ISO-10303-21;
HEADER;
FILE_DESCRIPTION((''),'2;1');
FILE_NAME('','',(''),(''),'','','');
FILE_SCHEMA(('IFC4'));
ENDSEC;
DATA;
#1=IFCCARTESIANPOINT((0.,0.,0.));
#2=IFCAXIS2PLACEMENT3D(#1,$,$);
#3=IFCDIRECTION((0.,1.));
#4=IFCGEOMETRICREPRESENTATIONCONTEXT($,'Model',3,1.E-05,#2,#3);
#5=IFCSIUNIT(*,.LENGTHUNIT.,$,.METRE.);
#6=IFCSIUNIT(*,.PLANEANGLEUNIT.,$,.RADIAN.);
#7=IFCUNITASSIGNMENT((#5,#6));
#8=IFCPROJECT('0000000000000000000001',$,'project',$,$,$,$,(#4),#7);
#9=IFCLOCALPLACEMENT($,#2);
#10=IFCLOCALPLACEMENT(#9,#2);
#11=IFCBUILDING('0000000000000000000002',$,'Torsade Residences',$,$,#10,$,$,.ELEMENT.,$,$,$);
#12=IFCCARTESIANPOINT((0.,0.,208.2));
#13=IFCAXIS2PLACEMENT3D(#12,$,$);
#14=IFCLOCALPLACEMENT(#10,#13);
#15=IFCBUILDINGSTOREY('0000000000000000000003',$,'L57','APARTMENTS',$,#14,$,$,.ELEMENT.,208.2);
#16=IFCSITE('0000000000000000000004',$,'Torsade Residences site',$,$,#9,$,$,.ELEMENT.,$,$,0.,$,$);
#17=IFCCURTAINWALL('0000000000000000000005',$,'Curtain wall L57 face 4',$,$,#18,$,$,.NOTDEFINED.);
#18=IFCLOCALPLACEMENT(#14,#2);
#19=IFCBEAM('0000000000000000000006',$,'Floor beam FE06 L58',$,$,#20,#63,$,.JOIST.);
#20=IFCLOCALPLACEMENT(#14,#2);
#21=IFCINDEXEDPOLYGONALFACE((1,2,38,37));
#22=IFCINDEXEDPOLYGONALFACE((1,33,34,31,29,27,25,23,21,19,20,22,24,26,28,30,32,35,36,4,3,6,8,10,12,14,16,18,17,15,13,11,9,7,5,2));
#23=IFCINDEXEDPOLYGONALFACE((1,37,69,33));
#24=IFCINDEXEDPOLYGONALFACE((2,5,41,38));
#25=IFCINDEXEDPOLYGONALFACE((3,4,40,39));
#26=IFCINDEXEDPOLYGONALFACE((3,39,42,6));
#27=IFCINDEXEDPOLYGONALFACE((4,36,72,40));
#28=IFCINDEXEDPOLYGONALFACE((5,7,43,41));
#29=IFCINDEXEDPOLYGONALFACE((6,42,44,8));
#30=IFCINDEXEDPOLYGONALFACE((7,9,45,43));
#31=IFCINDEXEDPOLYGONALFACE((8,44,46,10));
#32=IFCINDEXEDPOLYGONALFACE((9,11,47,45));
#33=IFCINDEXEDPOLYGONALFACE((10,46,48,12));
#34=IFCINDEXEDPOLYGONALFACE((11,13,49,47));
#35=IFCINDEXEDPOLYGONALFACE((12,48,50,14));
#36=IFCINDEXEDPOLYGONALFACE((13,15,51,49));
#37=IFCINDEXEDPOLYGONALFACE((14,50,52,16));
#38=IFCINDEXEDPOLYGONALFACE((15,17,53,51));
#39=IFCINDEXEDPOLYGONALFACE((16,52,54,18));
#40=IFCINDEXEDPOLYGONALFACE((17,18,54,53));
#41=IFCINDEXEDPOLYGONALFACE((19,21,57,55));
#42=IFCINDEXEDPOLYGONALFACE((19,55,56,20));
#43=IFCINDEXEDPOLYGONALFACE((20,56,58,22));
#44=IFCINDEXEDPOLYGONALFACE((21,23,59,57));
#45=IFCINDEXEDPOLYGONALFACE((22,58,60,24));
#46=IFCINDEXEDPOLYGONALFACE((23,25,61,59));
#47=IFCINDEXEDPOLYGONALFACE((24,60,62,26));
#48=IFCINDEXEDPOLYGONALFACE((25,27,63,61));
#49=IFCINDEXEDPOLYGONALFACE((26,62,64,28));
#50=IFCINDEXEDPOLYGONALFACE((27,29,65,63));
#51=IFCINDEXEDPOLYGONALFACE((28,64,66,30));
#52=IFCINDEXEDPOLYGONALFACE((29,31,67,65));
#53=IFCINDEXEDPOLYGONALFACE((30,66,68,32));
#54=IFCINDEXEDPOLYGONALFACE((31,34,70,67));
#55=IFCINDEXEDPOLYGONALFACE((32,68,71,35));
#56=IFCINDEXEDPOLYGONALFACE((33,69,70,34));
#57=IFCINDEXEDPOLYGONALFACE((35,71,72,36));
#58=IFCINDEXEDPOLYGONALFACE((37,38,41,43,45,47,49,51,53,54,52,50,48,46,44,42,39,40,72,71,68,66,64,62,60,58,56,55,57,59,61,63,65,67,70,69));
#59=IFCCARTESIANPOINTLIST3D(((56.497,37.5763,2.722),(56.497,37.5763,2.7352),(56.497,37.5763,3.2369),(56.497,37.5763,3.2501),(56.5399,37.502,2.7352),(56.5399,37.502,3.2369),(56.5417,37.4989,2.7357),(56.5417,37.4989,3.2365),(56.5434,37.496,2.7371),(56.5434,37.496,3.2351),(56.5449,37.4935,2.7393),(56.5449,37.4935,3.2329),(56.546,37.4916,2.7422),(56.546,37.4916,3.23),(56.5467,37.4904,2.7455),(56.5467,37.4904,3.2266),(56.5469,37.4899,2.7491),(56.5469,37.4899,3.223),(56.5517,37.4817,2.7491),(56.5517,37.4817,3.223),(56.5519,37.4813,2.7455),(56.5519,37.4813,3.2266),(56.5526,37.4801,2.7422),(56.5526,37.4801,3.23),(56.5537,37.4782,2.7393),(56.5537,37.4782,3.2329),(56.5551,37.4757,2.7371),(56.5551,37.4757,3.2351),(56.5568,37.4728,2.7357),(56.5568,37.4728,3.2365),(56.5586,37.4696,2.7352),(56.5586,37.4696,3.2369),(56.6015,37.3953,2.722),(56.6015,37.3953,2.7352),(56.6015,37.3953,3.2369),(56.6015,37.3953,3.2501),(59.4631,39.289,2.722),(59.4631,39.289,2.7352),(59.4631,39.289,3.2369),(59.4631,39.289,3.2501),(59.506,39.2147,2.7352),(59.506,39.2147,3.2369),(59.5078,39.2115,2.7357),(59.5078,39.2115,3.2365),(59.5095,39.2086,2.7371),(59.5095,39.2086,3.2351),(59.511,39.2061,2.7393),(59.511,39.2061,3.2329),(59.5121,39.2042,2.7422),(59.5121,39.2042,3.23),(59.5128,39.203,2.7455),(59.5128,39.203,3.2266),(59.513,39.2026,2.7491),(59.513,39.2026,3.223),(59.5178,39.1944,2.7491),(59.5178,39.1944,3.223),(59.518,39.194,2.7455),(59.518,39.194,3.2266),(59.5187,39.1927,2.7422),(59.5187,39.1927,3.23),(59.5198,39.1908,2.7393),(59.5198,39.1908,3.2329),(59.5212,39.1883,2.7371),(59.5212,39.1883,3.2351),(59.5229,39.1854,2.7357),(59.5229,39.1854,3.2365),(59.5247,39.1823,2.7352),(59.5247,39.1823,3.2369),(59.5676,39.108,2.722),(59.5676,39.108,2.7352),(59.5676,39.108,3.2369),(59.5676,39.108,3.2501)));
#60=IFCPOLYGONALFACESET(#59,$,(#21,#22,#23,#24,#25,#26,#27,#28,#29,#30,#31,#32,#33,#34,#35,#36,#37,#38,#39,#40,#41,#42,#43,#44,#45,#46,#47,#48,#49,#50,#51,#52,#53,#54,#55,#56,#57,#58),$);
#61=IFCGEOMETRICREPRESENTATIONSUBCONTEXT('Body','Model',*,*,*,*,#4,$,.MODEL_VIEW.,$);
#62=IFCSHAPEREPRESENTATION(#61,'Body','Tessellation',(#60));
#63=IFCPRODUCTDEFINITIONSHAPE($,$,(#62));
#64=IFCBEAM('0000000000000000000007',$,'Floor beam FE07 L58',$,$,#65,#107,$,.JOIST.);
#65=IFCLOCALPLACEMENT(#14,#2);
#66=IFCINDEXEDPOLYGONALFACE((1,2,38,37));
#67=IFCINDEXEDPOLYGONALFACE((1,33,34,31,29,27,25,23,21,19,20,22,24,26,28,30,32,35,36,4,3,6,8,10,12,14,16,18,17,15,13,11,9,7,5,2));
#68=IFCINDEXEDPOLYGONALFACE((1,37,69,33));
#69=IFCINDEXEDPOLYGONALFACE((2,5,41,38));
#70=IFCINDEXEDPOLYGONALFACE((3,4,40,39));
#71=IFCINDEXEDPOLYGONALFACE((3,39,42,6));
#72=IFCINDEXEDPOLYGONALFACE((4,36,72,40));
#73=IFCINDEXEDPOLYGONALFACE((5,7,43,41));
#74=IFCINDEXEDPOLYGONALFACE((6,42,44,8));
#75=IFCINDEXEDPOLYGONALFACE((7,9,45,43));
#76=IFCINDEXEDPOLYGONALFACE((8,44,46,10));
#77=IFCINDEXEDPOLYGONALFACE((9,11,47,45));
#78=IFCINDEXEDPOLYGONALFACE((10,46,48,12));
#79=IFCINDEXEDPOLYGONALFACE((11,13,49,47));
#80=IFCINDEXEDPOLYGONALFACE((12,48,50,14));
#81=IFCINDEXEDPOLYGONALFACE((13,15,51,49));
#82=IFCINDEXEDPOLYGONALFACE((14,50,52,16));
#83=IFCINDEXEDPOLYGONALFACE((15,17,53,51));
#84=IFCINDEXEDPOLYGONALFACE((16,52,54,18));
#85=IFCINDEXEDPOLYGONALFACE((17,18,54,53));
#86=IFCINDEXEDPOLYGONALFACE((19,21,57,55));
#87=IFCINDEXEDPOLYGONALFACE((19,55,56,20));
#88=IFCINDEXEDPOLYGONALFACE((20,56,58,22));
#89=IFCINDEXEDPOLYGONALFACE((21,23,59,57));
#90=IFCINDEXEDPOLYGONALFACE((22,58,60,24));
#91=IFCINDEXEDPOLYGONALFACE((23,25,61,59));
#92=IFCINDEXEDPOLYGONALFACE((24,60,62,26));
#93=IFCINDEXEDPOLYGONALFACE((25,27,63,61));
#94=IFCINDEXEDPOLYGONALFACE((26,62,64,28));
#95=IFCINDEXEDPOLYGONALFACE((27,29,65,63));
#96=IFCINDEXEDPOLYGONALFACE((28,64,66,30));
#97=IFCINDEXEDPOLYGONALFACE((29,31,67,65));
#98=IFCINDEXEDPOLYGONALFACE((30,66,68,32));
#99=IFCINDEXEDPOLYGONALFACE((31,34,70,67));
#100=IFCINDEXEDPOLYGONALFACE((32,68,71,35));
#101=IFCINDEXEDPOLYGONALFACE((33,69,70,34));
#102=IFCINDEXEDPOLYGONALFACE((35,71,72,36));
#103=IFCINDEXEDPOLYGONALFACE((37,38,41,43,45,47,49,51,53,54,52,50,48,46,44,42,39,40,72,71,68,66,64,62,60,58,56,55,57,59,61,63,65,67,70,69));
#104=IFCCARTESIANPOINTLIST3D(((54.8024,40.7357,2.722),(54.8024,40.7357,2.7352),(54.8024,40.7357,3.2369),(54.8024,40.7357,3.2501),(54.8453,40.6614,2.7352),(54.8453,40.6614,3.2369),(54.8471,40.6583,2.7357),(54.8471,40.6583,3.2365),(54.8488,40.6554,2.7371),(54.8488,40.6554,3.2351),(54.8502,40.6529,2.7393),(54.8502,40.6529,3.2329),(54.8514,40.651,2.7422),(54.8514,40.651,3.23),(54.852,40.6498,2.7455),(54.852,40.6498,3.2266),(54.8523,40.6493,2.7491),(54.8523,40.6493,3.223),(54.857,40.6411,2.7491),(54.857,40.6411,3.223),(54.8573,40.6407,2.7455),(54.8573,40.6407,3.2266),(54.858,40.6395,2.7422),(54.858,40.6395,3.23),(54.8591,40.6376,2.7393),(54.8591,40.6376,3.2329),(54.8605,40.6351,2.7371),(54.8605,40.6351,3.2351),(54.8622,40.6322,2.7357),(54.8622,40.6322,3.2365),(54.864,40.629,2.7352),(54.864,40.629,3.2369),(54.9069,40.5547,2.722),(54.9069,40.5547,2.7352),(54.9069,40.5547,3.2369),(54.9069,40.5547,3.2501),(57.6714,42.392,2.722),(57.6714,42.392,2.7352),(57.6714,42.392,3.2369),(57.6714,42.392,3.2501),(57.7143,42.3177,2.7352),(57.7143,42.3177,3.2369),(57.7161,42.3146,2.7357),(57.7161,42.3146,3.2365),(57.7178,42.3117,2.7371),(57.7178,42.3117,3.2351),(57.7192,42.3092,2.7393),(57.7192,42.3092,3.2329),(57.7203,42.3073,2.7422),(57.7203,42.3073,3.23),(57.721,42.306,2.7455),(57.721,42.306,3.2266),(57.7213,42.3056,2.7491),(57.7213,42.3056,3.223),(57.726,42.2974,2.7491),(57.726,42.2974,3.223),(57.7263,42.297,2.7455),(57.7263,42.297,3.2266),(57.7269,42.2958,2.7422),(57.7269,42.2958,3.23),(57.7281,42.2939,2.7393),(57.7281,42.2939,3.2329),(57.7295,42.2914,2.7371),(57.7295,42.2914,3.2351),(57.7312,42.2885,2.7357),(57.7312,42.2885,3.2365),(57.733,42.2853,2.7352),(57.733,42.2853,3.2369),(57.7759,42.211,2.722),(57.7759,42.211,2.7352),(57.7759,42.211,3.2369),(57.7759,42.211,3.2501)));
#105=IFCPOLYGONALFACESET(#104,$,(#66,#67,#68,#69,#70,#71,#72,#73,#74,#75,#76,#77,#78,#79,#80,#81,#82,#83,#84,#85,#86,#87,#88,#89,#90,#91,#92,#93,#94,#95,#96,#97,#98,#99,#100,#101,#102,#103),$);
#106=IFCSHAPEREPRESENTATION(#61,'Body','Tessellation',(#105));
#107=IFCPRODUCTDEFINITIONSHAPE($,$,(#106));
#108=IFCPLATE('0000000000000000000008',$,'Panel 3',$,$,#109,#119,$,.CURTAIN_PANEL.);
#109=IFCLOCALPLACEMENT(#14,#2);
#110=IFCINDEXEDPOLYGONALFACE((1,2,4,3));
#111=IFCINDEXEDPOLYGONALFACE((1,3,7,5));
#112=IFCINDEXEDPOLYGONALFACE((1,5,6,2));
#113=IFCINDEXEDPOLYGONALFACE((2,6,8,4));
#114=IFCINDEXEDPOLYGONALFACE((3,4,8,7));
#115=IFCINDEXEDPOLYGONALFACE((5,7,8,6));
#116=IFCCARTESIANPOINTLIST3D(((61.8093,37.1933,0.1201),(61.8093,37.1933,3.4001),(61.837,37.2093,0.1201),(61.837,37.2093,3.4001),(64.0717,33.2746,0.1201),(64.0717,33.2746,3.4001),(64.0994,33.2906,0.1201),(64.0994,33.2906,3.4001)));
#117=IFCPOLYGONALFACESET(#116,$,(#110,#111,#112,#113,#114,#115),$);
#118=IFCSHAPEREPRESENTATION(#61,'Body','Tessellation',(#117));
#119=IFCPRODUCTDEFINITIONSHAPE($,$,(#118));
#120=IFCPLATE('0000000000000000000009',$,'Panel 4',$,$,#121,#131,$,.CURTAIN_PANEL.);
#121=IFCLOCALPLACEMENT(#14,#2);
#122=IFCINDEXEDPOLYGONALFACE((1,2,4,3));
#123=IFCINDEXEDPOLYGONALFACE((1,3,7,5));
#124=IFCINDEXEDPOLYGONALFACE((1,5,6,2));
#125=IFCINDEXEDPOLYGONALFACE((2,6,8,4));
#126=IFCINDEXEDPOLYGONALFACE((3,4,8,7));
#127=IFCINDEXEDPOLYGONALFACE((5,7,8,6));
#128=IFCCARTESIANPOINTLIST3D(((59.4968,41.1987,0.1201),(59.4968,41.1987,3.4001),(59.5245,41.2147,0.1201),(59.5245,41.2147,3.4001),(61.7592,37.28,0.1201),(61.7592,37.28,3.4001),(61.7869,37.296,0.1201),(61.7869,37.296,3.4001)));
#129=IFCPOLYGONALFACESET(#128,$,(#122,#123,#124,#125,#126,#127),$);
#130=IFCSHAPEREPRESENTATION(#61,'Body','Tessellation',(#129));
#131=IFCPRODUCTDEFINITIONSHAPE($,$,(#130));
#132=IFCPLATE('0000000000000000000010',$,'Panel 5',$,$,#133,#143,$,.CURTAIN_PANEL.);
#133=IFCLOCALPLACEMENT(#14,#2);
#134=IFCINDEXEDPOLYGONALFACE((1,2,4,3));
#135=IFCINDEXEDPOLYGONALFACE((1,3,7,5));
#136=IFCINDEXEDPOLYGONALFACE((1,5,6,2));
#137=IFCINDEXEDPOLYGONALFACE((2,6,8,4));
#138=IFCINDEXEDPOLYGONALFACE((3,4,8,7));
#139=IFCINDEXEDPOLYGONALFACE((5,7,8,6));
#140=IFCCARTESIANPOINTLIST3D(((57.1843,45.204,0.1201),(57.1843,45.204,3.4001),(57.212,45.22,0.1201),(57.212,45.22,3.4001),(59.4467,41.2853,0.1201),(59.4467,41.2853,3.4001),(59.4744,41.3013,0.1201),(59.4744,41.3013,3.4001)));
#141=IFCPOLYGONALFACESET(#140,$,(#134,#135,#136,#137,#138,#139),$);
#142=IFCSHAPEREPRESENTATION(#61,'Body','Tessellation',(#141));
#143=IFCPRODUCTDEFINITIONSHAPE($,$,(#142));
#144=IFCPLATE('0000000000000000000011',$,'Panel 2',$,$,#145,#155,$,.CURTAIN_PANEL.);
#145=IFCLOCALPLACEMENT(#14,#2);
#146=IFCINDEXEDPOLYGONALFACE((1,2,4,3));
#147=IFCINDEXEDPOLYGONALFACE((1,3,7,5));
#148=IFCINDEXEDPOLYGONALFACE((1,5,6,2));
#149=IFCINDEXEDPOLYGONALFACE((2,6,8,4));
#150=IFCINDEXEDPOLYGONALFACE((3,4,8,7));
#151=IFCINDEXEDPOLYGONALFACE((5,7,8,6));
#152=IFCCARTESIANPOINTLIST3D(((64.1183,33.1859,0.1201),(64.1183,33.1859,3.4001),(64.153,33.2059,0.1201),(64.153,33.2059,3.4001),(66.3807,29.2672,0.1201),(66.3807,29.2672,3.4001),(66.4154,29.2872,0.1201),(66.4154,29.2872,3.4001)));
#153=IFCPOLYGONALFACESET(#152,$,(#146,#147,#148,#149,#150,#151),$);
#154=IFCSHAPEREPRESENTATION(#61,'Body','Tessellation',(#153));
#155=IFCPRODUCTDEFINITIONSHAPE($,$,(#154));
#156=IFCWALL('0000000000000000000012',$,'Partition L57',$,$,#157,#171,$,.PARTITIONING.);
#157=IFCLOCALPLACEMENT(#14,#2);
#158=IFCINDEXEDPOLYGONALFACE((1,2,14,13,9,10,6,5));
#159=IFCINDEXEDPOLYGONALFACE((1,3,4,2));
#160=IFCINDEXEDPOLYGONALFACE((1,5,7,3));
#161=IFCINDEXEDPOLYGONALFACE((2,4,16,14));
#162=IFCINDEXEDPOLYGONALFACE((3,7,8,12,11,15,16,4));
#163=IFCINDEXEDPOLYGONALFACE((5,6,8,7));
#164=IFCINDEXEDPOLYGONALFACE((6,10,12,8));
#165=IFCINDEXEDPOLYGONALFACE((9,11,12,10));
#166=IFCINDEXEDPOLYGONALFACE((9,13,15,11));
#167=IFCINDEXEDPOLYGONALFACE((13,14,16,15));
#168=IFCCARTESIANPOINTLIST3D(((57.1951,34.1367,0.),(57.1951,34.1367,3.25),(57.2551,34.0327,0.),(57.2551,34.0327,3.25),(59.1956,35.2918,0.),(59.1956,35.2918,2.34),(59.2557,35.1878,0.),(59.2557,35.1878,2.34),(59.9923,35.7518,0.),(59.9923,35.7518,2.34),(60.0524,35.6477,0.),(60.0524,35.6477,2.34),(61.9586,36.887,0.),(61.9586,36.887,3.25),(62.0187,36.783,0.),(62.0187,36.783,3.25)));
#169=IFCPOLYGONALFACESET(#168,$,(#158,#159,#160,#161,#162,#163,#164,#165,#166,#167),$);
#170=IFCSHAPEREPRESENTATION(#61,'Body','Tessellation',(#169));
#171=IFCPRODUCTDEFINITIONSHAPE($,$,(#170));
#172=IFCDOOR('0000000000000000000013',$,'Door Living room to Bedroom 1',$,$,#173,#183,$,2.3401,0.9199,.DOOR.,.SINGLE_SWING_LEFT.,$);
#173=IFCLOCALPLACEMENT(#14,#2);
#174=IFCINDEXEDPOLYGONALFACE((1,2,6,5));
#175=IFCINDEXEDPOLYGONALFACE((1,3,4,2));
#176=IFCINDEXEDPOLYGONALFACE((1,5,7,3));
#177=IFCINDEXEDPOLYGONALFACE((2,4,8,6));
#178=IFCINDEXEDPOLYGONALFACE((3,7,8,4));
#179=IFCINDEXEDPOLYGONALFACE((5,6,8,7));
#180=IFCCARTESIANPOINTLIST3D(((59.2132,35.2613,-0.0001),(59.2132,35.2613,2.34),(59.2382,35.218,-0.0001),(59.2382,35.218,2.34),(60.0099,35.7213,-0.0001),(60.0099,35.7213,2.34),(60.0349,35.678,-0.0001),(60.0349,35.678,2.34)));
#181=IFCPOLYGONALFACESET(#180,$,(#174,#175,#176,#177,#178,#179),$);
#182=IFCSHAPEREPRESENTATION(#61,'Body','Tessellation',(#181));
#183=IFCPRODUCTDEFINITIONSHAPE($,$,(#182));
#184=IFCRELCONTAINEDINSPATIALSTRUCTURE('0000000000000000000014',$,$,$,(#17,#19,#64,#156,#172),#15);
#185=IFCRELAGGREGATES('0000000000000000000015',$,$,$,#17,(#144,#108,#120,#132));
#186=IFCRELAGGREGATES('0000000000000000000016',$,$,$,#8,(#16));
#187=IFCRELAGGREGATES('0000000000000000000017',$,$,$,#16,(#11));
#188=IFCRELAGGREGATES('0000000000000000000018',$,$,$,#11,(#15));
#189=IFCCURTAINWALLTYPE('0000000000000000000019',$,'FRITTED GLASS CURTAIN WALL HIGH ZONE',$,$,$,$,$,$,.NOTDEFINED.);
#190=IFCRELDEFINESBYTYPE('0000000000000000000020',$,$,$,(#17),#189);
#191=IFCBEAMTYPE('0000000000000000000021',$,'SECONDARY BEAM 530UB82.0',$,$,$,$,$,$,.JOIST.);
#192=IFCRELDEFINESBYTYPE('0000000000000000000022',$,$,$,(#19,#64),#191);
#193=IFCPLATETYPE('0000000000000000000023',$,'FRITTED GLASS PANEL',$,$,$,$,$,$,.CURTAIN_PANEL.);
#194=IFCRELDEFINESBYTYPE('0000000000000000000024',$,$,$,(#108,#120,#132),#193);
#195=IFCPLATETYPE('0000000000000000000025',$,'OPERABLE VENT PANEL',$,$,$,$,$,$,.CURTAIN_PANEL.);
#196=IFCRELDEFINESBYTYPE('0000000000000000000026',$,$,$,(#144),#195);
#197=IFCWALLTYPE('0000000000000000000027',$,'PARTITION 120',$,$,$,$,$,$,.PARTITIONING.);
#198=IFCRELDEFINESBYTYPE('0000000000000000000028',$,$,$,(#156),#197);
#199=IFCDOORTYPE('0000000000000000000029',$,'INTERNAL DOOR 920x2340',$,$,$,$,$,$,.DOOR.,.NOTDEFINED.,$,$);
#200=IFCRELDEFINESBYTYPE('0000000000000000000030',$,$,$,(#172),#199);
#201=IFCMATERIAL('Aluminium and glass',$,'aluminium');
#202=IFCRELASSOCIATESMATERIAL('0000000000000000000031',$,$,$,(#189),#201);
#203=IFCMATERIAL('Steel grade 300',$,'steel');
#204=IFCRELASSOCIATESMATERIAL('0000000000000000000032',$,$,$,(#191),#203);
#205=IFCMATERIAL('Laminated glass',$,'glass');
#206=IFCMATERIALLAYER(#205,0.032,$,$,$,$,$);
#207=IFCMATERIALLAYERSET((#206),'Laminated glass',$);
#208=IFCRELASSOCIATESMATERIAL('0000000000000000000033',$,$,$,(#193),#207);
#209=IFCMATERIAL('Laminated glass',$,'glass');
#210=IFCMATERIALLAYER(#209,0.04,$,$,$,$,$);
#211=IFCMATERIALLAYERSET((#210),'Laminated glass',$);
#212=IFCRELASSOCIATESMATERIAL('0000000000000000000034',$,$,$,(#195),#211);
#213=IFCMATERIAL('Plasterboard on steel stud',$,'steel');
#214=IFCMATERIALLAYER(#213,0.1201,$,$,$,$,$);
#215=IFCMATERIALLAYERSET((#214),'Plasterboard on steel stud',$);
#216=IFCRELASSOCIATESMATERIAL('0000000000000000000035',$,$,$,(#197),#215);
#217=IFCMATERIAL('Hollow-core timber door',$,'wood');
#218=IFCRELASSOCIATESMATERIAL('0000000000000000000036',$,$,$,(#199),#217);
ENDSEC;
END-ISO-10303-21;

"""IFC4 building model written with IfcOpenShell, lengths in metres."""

from ifc_helpers import new_model, si_unit, direction, frame, frame_2d, origin, origin_2d, place, context, subcontext, project, spatial, rectangle, i_section, extrude, material, layer, layer_set, material_profile, profile_set, type_object, element, fill, aggregate, save


model = new_model("IFC4")

# Units and contexts
model_context = context("Model", 3, precision=1e-05, world=origin(), true_north=direction((0.0, 1.0)))
body_context = subcontext(model_context, "Body", "Model", "MODEL_VIEW")
ifc_project = project(units=[si_unit("LENGTHUNIT", "METRE"), si_unit("PLANEANGLEUNIT", "RADIAN")], contexts=[model_context])

# Site, building, storey
site_placement = place(None, origin())
site = spatial("IfcSite", under=ifc_project, at=site_placement, Name="Torsade Residences site", CompositionType="ELEMENT", RefElevation=0.0)
building_placement = place(site_placement, origin())
building = spatial("IfcBuilding", under=site, at=building_placement, Name="Torsade Residences", CompositionType="ELEMENT")
storey_placement = place(building_placement, frame((0.0, 0.0, 208.2)))
storey = spatial("IfcBuildingStorey", under=building, at=storey_placement, Name="L57", Description="APARTMENTS", CompositionType="ELEMENT", Elevation=208.2)

# Curtain wall
ifc_material_1 = material(Name="Aluminium and glass", Category="aluminium")
curtain_wall_type = type_object("IfcCurtainWallType", Name="FRITTED GLASS CURTAIN WALL HIGH ZONE", PredefinedType="NOTDEFINED", material=ifc_material_1)
curtain_wall_placement = place(storey_placement, origin())
curtain_wall = element("IfcCurtainWall", 1, at=curtain_wall_placement, inside=storey, type_object=curtain_wall_type, Name="Curtain wall L57 face 4", PredefinedType="NOTDEFINED")

# Beams
ifc_material_2 = material(Name="Steel grade 300", Category="steel")
ifc_material_profile_1 = material_profile(ifc_material_2, i_section(OverallWidth=0.209, OverallDepth=0.5281, WebThickness=0.0095, FlangeThickness=0.0132, FilletRadius=0.0139, at=origin_2d()), Name="530UB82.0")
ifc_profile_set_1 = profile_set([ifc_material_profile_1], Name="Steel grade 300")
beam_type_1 = type_object("IfcBeamType", Name="SECONDARY BEAM 530UB82.0", PredefinedType="JOIST", material=ifc_profile_set_1)
beam_1_placement = place(storey_placement, frame((59.5154, 39.1985, 2.9861), z_axis=(-0.866002, -0.500041, 0.0), x_axis=(0.500041, -0.866002, 0.0)))
element("IfcBeam", 2, at=beam_1_placement, inside=storey, type_object=beam_type_1, Name="Floor beam FE06 L58", PredefinedType="JOIST", context=body_context, shape_type="SweptSolid", body=[
    extrude(i_section(OverallWidth=0.209, OverallDepth=0.5281, WebThickness=0.0095, FlangeThickness=0.0132, FilletRadius=0.0139, at=origin_2d()), origin(), (0.0, 0.0, 1.0), 3.425),
])
beam_2_placement = place(storey_placement, frame((57.7236, 42.3015, 2.9861), z_axis=(-0.86604, -0.499976, 0.0), x_axis=(0.499976, -0.86604, 0.0)))
element("IfcBeam", 3, at=beam_2_placement, inside=storey, type_object=beam_type_1, Name="Floor beam FE07 L58", PredefinedType="JOIST", context=body_context, shape_type="SweptSolid", body=[
    extrude(i_section(OverallWidth=0.209, OverallDepth=0.5281, WebThickness=0.0095, FlangeThickness=0.0132, FilletRadius=0.0139, at=origin_2d()), origin(), (0.0, 0.0, 1.0), 3.3127),
])

# Plates
ifc_material_3 = material(Name="Laminated glass", Category="glass")
ifc_layer_1 = layer(ifc_material_3, 0.032)
ifc_layer_set_1 = layer_set([ifc_layer_1], Name="Laminated glass")
plate_type_1 = type_object("IfcPlateType", Name="FRITTED GLASS PANEL", PredefinedType="CURTAIN_PANEL", material=ifc_layer_set_1)
plate_1_placement = place(storey_placement, frame((62.9543, 35.2419, 0.1201), z_axis=(0.0, 0.0, 1.0), x_axis=(-0.5, 0.866025, 0.0)))
plate_1 = element("IfcPlate", 4, at=plate_1_placement, type_object=plate_type_1, Name="Panel 3", PredefinedType="CURTAIN_PANEL", context=body_context, shape_type="SweptSolid", body=[
    extrude(rectangle(XDim=4.5249, YDim=0.032, at=origin_2d()), origin(), (0.0, 0.0, 1.0), 3.28),
])
plate_2_placement = place(storey_placement, frame((60.6418, 39.2473, 0.1201), z_axis=(0.0, 0.0, 1.0), x_axis=(-0.5, 0.866025, 0.0)))
plate_2 = element("IfcPlate", 5, at=plate_2_placement, type_object=plate_type_1, Name="Panel 4", PredefinedType="CURTAIN_PANEL", context=body_context, shape_type="SweptSolid", body=[
    extrude(rectangle(XDim=4.5249, YDim=0.032, at=origin_2d()), origin(), (0.0, 0.0, 1.0), 3.28),
])
plate_3_placement = place(storey_placement, frame((58.3293, 43.2527, 0.1201), z_axis=(0.0, 0.0, 1.0), x_axis=(-0.5, 0.866025, 0.0)))
plate_3 = element("IfcPlate", 6, at=plate_3_placement, type_object=plate_type_1, Name="Panel 5", PredefinedType="CURTAIN_PANEL", context=body_context, shape_type="SweptSolid", body=[
    extrude(rectangle(XDim=4.5249, YDim=0.032, at=origin_2d()), origin(), (0.0, 0.0, 1.0), 3.28),
])
ifc_material_4 = material(Name="Laminated glass", Category="glass")
ifc_layer_2 = layer(ifc_material_4, 0.04)
ifc_layer_set_2 = layer_set([ifc_layer_2], Name="Laminated glass")
plate_type_2 = type_object("IfcPlateType", Name="OPERABLE VENT PANEL", PredefinedType="CURTAIN_PANEL", material=ifc_layer_set_2)
plate_4_placement = place(storey_placement, frame((65.2668, 31.2366, 0.1201), z_axis=(0.0, 0.0, 1.0), x_axis=(-0.5, 0.866025, 0.0)))
plate_4 = element("IfcPlate", 7, at=plate_4_placement, type_object=plate_type_2, Name="Panel 2", PredefinedType="CURTAIN_PANEL", context=body_context, shape_type="SweptSolid", body=[
    extrude(rectangle(XDim=4.5249, YDim=0.04, at=origin_2d()), origin(), (0.0, 0.0, 1.0), 3.28),
])
aggregate(curtain_wall, [plate_4, plate_1, plate_2, plate_3])

# Wall, opening, door
ifc_material_5 = material(Name="Plasterboard on steel stud", Category="steel")
ifc_layer_3 = layer(ifc_material_5, 0.1201)
ifc_layer_set_3 = layer_set([ifc_layer_3], Name="Plasterboard on steel stud")
wall_type_1 = type_object("IfcWallType", Name="PARTITION 120", PredefinedType="PARTITIONING", material=ifc_layer_set_3)
wall_1_placement = place(storey_placement, frame((57.2251, 34.0847, 0.0), z_axis=(0.0, 0.0, 1.0), x_axis=(0.866019, 0.500011, 0.0)))
wall_1 = element("IfcWall", 8, at=wall_1_placement, inside=storey, type_object=wall_type_1, Name="Partition L57", PredefinedType="PARTITIONING", context=body_context, shape_type="SweptSolid", body=[
    extrude(rectangle(XDim=5.5005, YDim=0.1201, at=frame_2d((2.7502, 0.0))), origin(), (0.0, 0.0, 1.0), 3.25),
])
opening_1_placement = place(wall_1_placement, frame((2.3101, 0.0, 0.0)))
opening_1 = element("IfcOpeningElement", 9, at=opening_1_placement, cuts=wall_1, PredefinedType="OPENING", context=body_context, shape_type="SweptSolid", body=[
    extrude(rectangle(XDim=0.9199, YDim=2.3401, at=frame_2d((0.46, 1.1699))), frame((0.0, 0.0701, 0.0), z_axis=(0.0, -1.0, 0.0), x_axis=(1.0, 0.0, 0.0)), (0.0, 0.0, 1.0), 0.1401),
])
ifc_material_6 = material(Name="Hollow-core timber door", Category="wood")
door_type = type_object("IfcDoorType", Name="INTERNAL DOOR 920x2340", OperationType="NOTDEFINED", PredefinedType="DOOR", material=ifc_material_6)
door_1_placement = place(opening_1_placement, origin())
door_1 = element("IfcDoor", 10, at=door_1_placement, inside=storey, type_object=door_type, Name="Door Living room to Bedroom 1", OperationType="SINGLE_SWING_LEFT", OverallHeight=2.3401, OverallWidth=0.9199, PredefinedType="DOOR", context=body_context, shape_type="SweptSolid", body=[
    extrude(rectangle(XDim=0.9199, YDim=2.3401, at=frame_2d((0.46, 1.1699))), frame((0.0, 0.0249, 0.0), z_axis=(0.0, -1.0, 0.0), x_axis=(1.0, 0.0, 0.0)), (0.0, 0.0, 1.0), 0.05),
])
fill(opening_1, door_1)

save(model, "model.ifc")
